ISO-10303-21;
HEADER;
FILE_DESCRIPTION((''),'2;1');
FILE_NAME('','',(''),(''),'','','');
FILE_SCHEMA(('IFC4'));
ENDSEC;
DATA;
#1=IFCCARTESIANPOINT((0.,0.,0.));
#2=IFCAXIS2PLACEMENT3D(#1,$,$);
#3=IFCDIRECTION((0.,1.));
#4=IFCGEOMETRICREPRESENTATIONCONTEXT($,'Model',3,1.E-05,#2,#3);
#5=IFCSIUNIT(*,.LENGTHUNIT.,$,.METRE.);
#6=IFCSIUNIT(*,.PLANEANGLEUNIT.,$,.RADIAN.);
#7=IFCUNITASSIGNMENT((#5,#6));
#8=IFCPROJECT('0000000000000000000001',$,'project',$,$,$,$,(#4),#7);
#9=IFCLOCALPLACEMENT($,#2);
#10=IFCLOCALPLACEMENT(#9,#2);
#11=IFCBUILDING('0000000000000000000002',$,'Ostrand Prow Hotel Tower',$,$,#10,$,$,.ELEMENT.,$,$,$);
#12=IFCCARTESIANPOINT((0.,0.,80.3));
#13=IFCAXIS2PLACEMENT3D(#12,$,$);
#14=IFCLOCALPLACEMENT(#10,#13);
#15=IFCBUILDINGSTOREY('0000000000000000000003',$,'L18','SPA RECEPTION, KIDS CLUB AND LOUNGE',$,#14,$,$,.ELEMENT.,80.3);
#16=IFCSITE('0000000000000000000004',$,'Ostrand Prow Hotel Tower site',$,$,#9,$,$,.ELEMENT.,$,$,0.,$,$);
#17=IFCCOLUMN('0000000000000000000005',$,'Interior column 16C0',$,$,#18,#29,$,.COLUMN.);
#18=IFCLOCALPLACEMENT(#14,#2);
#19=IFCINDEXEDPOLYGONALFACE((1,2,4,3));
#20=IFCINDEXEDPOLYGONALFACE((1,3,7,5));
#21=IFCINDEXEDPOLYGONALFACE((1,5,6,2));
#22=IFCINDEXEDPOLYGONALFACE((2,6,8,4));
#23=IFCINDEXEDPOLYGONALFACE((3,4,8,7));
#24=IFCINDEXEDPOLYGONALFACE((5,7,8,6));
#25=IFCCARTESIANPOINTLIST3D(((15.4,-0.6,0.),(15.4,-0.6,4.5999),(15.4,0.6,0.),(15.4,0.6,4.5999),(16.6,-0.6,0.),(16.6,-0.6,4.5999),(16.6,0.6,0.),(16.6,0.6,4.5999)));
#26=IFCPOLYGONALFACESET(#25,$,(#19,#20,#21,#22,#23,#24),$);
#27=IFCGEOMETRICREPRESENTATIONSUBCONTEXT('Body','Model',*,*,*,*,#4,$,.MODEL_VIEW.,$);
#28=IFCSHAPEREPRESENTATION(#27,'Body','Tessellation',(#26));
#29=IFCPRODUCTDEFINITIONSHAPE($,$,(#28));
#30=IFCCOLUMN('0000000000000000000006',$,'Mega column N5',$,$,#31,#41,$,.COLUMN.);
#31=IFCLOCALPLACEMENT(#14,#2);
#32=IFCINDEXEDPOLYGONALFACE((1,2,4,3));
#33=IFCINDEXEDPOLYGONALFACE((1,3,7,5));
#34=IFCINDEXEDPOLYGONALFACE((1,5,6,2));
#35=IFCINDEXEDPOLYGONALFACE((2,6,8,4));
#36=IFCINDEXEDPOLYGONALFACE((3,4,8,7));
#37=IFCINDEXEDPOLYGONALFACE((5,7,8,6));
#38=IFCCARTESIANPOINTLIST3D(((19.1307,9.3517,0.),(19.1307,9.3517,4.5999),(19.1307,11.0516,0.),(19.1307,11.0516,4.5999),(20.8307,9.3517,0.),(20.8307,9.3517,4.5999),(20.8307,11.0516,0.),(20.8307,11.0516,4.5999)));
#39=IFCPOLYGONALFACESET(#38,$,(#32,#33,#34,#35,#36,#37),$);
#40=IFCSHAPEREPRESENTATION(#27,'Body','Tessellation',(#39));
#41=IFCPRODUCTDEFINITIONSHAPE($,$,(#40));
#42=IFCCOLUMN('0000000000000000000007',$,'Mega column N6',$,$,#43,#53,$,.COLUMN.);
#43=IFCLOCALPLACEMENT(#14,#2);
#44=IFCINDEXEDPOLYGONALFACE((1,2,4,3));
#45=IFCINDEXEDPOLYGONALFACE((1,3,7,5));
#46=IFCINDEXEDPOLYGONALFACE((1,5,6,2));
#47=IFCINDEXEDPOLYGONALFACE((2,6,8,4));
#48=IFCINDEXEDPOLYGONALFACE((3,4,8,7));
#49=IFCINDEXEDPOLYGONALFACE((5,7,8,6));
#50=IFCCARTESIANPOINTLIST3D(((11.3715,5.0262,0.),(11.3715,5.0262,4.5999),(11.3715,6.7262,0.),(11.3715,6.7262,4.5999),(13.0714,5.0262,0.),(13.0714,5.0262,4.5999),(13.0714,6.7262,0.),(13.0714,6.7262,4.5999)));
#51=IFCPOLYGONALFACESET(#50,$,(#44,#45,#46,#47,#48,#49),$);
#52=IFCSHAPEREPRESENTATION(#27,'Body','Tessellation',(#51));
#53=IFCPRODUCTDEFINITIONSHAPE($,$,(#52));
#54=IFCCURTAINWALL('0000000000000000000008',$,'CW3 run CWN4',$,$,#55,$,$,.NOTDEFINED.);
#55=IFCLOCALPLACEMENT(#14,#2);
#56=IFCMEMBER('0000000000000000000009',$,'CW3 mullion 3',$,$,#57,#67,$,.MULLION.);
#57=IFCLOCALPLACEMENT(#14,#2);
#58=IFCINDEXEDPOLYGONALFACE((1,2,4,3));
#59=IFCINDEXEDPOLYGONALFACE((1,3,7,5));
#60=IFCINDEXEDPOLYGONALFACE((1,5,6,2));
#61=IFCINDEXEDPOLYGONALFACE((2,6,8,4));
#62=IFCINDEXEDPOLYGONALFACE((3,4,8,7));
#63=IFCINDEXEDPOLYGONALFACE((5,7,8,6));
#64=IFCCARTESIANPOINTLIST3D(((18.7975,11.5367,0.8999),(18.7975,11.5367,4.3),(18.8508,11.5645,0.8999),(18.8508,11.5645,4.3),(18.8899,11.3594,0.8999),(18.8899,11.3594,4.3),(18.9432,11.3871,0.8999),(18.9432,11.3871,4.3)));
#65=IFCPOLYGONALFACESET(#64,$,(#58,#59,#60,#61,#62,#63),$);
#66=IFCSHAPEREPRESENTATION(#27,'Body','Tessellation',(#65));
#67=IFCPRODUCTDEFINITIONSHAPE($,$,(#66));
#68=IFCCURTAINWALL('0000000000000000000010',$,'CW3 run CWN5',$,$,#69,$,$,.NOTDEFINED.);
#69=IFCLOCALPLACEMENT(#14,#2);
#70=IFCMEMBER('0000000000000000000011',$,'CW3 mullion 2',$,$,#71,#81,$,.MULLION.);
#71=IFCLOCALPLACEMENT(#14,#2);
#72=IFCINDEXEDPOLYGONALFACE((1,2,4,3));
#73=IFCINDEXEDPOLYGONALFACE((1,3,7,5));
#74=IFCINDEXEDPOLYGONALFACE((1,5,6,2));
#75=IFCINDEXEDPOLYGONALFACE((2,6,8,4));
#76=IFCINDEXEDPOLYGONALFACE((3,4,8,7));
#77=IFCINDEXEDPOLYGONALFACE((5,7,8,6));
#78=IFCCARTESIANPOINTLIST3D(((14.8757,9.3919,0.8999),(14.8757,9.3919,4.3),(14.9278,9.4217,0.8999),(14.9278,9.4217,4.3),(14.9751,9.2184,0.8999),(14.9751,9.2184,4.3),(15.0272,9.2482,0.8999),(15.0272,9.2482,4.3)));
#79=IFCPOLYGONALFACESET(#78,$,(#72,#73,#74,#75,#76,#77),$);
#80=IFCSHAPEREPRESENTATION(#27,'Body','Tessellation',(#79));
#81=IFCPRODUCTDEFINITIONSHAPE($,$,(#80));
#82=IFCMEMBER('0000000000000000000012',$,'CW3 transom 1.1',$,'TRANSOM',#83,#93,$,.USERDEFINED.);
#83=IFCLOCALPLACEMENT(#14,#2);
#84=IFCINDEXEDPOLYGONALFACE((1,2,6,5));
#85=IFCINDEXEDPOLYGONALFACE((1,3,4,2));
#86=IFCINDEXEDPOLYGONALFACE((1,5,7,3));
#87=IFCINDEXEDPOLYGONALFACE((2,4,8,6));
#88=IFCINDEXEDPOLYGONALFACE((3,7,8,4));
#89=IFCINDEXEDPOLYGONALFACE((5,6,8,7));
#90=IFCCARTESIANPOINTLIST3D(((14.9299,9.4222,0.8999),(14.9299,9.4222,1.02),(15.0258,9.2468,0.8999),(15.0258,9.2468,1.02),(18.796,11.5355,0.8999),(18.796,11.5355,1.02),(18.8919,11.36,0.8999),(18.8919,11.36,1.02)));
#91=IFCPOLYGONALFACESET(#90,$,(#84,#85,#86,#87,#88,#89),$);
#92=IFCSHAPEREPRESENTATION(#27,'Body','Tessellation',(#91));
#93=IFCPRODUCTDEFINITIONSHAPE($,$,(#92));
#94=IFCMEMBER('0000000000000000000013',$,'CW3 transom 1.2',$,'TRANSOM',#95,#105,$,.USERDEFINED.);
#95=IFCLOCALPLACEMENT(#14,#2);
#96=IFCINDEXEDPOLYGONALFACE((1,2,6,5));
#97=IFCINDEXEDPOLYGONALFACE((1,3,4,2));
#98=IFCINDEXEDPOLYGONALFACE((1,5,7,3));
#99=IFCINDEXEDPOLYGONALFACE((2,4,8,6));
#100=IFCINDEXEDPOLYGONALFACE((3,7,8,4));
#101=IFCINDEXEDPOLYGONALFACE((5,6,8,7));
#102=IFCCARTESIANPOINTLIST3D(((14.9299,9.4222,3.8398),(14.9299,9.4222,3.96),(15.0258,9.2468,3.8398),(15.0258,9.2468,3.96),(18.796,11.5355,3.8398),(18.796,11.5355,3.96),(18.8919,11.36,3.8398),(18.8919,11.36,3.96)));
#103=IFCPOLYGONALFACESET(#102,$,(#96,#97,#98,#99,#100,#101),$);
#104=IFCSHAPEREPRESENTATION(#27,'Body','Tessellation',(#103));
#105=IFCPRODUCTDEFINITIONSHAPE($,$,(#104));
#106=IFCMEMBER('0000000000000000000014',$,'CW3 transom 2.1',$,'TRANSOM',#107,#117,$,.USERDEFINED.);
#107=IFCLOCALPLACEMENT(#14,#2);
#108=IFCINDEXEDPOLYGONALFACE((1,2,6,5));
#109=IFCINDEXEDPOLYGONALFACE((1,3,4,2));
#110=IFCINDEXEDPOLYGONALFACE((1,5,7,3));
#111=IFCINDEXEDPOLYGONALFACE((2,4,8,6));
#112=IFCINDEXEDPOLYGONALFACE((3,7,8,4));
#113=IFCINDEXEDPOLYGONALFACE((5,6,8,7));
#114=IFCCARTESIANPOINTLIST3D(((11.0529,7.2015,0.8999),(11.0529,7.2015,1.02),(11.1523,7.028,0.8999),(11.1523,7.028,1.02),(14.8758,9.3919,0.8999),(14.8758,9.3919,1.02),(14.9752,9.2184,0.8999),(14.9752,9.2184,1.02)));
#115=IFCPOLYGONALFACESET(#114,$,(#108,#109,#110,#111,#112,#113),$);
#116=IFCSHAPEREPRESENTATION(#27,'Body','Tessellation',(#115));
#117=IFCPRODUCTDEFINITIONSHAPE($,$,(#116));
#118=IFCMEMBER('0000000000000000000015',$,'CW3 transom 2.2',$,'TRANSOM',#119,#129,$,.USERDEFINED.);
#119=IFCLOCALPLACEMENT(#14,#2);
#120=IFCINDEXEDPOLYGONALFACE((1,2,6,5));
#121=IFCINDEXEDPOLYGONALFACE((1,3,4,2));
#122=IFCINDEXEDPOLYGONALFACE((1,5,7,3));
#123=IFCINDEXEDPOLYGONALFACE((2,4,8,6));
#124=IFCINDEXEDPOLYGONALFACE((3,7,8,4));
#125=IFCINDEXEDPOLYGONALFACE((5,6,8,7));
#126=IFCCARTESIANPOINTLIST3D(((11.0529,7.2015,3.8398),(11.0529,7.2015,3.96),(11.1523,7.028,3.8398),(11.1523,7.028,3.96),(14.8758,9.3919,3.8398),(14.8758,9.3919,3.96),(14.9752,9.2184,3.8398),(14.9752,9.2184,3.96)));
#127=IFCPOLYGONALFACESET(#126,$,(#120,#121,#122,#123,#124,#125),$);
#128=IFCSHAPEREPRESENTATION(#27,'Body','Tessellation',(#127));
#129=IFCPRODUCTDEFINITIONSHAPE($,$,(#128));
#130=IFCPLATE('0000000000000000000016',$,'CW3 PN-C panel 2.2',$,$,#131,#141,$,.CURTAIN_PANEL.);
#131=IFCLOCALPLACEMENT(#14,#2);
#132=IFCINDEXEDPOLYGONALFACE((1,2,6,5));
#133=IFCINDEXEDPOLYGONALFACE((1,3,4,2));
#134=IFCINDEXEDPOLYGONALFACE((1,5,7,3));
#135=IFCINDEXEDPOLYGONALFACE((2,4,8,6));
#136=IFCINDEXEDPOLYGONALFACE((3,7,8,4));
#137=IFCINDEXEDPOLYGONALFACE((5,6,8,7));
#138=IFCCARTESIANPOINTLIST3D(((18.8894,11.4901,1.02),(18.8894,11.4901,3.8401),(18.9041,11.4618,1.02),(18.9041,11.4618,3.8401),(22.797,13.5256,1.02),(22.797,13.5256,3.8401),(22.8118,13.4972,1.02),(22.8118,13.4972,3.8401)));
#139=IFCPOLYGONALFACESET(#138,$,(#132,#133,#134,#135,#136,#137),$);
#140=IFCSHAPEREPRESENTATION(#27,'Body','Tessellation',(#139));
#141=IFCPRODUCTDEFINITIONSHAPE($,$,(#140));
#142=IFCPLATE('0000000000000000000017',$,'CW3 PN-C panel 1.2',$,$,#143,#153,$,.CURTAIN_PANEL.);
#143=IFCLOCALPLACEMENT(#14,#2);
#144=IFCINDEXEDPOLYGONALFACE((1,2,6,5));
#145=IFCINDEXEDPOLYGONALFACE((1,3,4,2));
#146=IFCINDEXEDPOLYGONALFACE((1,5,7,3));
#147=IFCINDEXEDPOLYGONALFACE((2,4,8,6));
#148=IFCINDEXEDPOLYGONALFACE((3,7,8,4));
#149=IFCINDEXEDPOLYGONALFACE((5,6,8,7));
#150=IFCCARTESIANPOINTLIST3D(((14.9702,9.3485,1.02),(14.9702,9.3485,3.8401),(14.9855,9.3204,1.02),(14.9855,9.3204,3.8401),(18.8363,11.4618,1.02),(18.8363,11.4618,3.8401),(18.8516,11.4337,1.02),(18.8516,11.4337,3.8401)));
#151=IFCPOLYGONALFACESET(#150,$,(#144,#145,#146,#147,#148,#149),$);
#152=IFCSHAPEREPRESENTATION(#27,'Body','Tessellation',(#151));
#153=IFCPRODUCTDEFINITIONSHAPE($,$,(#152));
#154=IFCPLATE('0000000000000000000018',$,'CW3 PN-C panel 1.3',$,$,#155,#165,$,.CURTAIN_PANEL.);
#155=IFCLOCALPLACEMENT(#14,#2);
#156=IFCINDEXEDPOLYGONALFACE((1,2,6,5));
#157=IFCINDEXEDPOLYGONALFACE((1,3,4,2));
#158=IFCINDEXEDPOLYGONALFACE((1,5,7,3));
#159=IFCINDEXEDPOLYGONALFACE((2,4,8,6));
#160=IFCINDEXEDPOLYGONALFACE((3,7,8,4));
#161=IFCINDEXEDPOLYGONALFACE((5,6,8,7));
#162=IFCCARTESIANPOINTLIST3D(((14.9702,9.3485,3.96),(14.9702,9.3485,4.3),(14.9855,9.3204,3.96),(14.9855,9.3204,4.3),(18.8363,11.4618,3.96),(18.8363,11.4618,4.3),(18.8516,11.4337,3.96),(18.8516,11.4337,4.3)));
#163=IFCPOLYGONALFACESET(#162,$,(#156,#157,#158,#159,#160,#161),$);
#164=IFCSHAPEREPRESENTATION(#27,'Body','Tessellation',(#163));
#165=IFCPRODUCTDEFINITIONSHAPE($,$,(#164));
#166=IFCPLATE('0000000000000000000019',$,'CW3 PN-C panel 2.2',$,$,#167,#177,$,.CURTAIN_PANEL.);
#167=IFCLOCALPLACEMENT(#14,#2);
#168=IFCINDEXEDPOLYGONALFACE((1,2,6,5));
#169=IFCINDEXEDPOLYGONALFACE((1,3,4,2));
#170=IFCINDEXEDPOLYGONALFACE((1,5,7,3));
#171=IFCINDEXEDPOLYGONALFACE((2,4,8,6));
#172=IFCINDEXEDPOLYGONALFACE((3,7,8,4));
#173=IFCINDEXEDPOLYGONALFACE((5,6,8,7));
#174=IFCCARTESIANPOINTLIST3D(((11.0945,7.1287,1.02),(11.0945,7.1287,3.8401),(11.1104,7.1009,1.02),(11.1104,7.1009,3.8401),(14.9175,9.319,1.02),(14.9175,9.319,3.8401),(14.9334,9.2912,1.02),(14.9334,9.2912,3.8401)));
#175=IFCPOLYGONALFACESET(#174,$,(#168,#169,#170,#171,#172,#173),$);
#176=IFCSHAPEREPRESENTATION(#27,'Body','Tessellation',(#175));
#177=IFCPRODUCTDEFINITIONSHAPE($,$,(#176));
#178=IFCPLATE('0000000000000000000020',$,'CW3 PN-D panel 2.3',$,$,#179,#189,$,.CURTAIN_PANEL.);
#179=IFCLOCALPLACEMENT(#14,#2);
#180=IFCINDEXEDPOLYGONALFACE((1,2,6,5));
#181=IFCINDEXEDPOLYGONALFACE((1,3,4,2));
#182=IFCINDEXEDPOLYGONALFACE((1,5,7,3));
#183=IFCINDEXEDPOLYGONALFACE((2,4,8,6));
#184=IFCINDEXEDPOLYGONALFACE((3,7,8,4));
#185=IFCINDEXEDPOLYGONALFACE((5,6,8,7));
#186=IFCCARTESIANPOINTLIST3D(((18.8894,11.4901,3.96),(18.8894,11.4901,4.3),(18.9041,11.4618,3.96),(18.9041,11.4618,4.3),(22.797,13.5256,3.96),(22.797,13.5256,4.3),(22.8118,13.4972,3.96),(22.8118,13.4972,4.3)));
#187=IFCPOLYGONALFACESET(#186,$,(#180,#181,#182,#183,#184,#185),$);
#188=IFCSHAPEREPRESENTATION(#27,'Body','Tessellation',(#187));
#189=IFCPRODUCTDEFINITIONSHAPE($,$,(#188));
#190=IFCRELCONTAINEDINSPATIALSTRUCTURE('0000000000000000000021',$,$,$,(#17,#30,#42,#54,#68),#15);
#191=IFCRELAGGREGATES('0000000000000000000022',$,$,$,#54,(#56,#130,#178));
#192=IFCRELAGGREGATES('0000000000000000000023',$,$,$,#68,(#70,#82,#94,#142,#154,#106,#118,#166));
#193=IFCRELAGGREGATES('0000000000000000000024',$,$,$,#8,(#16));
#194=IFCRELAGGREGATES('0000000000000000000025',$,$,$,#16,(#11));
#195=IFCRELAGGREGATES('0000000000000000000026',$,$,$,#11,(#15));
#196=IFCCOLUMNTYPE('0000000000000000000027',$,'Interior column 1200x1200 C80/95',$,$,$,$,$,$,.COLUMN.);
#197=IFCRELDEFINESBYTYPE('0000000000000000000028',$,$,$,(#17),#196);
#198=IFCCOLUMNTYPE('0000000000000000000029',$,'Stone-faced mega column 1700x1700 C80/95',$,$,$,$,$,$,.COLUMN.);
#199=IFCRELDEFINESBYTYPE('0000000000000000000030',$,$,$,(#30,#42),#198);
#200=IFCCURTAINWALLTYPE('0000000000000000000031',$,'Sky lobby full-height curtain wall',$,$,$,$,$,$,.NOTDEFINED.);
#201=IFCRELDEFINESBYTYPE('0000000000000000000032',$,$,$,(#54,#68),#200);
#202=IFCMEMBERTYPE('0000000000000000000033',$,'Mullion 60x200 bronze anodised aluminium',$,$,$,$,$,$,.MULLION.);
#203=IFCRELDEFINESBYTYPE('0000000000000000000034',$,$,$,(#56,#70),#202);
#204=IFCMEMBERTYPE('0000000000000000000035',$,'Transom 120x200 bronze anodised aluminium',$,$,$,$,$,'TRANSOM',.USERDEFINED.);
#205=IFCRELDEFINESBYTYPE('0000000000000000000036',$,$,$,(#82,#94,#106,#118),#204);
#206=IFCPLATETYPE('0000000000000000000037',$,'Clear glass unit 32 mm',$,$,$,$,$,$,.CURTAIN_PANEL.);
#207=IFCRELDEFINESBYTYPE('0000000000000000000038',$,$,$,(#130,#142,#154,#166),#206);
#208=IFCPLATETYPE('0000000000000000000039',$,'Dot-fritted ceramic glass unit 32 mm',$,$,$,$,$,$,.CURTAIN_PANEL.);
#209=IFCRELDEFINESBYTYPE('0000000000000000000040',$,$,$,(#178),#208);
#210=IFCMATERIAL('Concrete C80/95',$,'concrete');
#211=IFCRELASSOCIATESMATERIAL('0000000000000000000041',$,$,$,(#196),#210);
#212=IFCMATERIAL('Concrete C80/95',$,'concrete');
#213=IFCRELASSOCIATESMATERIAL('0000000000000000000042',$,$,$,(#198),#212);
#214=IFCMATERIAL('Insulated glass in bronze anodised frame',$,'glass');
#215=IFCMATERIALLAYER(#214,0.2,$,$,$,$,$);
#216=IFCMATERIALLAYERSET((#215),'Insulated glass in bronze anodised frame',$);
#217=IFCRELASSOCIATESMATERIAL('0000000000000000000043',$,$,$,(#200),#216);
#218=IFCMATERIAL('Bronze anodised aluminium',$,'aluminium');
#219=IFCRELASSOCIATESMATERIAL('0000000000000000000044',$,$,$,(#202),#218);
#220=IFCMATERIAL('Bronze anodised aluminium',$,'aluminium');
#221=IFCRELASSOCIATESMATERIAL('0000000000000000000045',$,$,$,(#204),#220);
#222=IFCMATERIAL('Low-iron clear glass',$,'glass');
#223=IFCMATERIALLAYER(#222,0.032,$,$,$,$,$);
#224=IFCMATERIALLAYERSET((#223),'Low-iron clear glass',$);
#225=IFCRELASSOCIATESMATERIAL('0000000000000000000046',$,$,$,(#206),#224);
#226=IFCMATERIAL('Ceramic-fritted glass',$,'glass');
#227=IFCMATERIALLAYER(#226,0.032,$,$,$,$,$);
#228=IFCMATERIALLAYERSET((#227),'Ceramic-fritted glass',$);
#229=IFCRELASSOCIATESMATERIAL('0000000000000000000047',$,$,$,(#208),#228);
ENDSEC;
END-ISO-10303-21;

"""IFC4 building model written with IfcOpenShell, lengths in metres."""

from ifc_helpers import new_model, si_unit, direction, frame, origin, origin_2d, place, context, subcontext, project, spatial, rectangle, extrude, material, layer, layer_set, material_profile, profile_set, type_object, element, aggregate, save


model = new_model("IFC4")

# Units and contexts
model_context = context("Model", 3, precision=1e-05, world=origin(), true_north=direction((0.0, 1.0)))
body_context = subcontext(model_context, "Body", "Model", "MODEL_VIEW")
ifc_project = project(units=[si_unit("LENGTHUNIT", "METRE"), si_unit("PLANEANGLEUNIT", "RADIAN")], contexts=[model_context])

# Site, building, storey
site_placement = place(None, origin())
site = spatial("IfcSite", under=ifc_project, at=site_placement, Name="Ostrand Prow Hotel Tower site", CompositionType="ELEMENT", RefElevation=0.0)
building_placement = place(site_placement, origin())
building = spatial("IfcBuilding", under=site, at=building_placement, Name="Ostrand Prow Hotel Tower", CompositionType="ELEMENT")
storey_placement = place(building_placement, frame((0.0, 0.0, 80.3)))
storey = spatial("IfcBuildingStorey", under=building, at=storey_placement, Name="L18", Description="SPA RECEPTION, KIDS CLUB AND LOUNGE", CompositionType="ELEMENT", Elevation=80.3)

# Columns
ifc_material_1 = material(Name="Concrete C80/95", Category="concrete")
ifc_material_profile_1 = material_profile(ifc_material_1, rectangle(XDim=1.2, YDim=1.2, at=origin_2d()), Name="RC 1200x1200")
ifc_profile_set_1 = profile_set([ifc_material_profile_1], Name="Concrete C80/95")
column_type_1 = type_object("IfcColumnType", Name="Interior column 1200x1200 C80/95", PredefinedType="COLUMN", material=ifc_profile_set_1)
column_placement = place(storey_placement, frame((16.0, 0.0, 0.0), z_axis=(0.0, 0.0, 1.0), x_axis=(1.0, 0.0, 0.0)))
element("IfcColumn", 1, at=column_placement, inside=storey, type_object=column_type_1, Name="Interior column 16C0", PredefinedType="COLUMN", context=body_context, shape_type="SweptSolid", body=[
    extrude(rectangle(XDim=1.2, YDim=1.2, at=origin_2d()), origin(), (0.0, 0.0, 1.0), 4.5999),
])
ifc_material_2 = material(Name="Concrete C80/95", Category="concrete")
ifc_material_profile_2 = material_profile(ifc_material_2, rectangle(XDim=1.7, YDim=1.7, at=origin_2d()), Name="RC 1700x1700")
ifc_profile_set_2 = profile_set([ifc_material_profile_2], Name="Concrete C80/95")
column_type_2 = type_object("IfcColumnType", Name="Stone-faced mega column 1700x1700 C80/95", PredefinedType="COLUMN", material=ifc_profile_set_2)
for number, where, z_axis, x_axis, name in (
    (2, (19.9807, 10.2017, 0.0), (0.0, 0.0, 1.0), (1.0, 0.0, 0.0), "Mega column N5"),
    (3, (12.2214, 5.8762, 0.0), (0.0, 0.0, 1.0), (1.0, 0.0, 0.0), "Mega column N6"),
):
    element("IfcColumn", number, at=place(storey_placement, frame(where, z_axis=z_axis, x_axis=x_axis)), inside=storey, type_object=column_type_2, Name=name, PredefinedType="COLUMN", context=body_context, shape_type="SweptSolid", body=[
        extrude(rectangle(XDim=1.7, YDim=1.7, at=origin_2d()), origin(), (0.0, 0.0, 1.0), 4.5999),
    ])

# Curtain wall, member
ifc_material_3 = material(Name="Insulated glass in bronze anodised frame", Category="glass")
ifc_layer_1 = layer(ifc_material_3, 0.2)
ifc_layer_set_1 = layer_set([ifc_layer_1], Name="Insulated glass in bronze anodised frame")
curtain_wall_type = type_object("IfcCurtainWallType", Name="Sky lobby full-height curtain wall", PredefinedType="NOTDEFINED", material=ifc_layer_set_1)
curtain_wall_1_placement = place(storey_placement, origin())
curtain_wall_1 = element("IfcCurtainWall", 4, at=curtain_wall_1_placement, inside=storey, type_object=curtain_wall_type, Name="CW3 run CWN4", PredefinedType="NOTDEFINED")
ifc_material_4 = material(Name="Bronze anodised aluminium", Category="aluminium")
ifc_material_profile_3 = material_profile(ifc_material_4, rectangle(XDim=0.2, YDim=0.0601, at=origin_2d()), Name="Mullion 60x200 bronze anodised aluminium")
ifc_profile_set_3 = profile_set([ifc_material_profile_3], Name="Bronze anodised aluminium")
member_type_1 = type_object("IfcMemberType", Name="Mullion 60x200 bronze anodised aluminium", PredefinedType="MULLION", material=ifc_profile_set_3)
member_1_placement = place(storey_placement, frame((18.8704, 11.4619, 0.8999), z_axis=(0.0, 0.0, 1.0), x_axis=(0.461968, -0.886896, 0.0)))
member_1 = element("IfcMember", 5, at=member_1_placement, type_object=member_type_1, Name="CW3 mullion 3", PredefinedType="MULLION", context=body_context, shape_type="SweptSolid", body=[
    extrude(rectangle(XDim=0.2, YDim=0.0601, at=origin_2d()), origin(), (0.0, 0.0, 1.0), 3.4001),
])

# Curtain wall, members
curtain_wall_2_placement = place(storey_placement, origin())
curtain_wall_2 = element("IfcCurtainWall", 6, at=curtain_wall_2_placement, inside=storey, type_object=curtain_wall_type, Name="CW3 run CWN5", PredefinedType="NOTDEFINED")
member_2_placement = place(storey_placement, frame((14.9514, 9.3201, 0.8999), z_axis=(0.0, 0.0, 1.0), x_axis=(0.497115, -0.867685, 0.0)))
member_2 = element("IfcMember", 7, at=member_2_placement, type_object=member_type_1, Name="CW3 mullion 2", PredefinedType="MULLION", context=body_context, shape_type="SweptSolid", body=[
    extrude(rectangle(XDim=0.2, YDim=0.0601, at=origin_2d()), origin(), (0.0, 0.0, 1.0), 3.4001),
])
ifc_material_5 = material(Name="Bronze anodised aluminium", Category="aluminium")
ifc_material_profile_4 = material_profile(ifc_material_5, rectangle(XDim=0.2, YDim=0.1201, at=origin_2d()), Name="Transom 120x200 bronze anodised aluminium")
ifc_profile_set_4 = profile_set([ifc_material_profile_4], Name="Bronze anodised aluminium")
member_type_2 = type_object("IfcMemberType", Name="Transom 120x200 bronze anodised aluminium", ElementType="TRANSOM", PredefinedType="USERDEFINED", material=ifc_profile_set_4)
member_3_placement = place(storey_placement, frame((18.844, 11.4478, 0.96), z_axis=(-0.877472, -0.479628, 0.0), x_axis=(0.479628, -0.877472, 0.0)))
member_3 = element("IfcMember", 8, at=member_3_placement, type_object=member_type_2, Name="CW3 transom 1.1", ObjectType="TRANSOM", PredefinedType="USERDEFINED", context=body_context, shape_type="SweptSolid", body=[
    extrude(rectangle(XDim=0.2, YDim=0.1201, at=origin_2d()), origin(), (0.0, 0.0, 1.0), 4.406),
])
member_4_placement = place(storey_placement, frame((18.844, 11.4478, 3.8999), z_axis=(-0.877472, -0.479628, 0.0), x_axis=(0.479628, -0.877472, 0.0)))
member_4 = element("IfcMember", 9, at=member_4_placement, type_object=member_type_2, Name="CW3 transom 1.2", ObjectType="TRANSOM", PredefinedType="USERDEFINED", context=body_context, shape_type="SweptSolid", body=[
    extrude(rectangle(XDim=0.2, YDim=0.1201, at=origin_2d()), origin(), (0.0, 0.0, 1.0), 4.406),
])
member_5_placement = place(storey_placement, frame((14.9255, 9.3052, 0.96), z_axis=(-0.86767, -0.497141, 0.0), x_axis=(0.497141, -0.86767, 0.0)))
member_5 = element("IfcMember", 10, at=member_5_placement, type_object=member_type_2, Name="CW3 transom 2.1", ObjectType="TRANSOM", PredefinedType="USERDEFINED", context=body_context, shape_type="SweptSolid", body=[
    extrude(rectangle(XDim=0.2, YDim=0.1201, at=origin_2d()), origin(), (0.0, 0.0, 1.0), 4.406),
])
member_6_placement = place(storey_placement, frame((14.9255, 9.3052, 3.8999), z_axis=(-0.86767, -0.497141, 0.0), x_axis=(0.497141, -0.86767, 0.0)))
member_6 = element("IfcMember", 11, at=member_6_placement, type_object=member_type_2, Name="CW3 transom 2.2", ObjectType="TRANSOM", PredefinedType="USERDEFINED", context=body_context, shape_type="SweptSolid", body=[
    extrude(rectangle(XDim=0.2, YDim=0.1201, at=origin_2d()), origin(), (0.0, 0.0, 1.0), 4.406),
])

# Plates
ifc_material_6 = material(Name="Low-iron clear glass", Category="glass")
ifc_layer_2 = layer(ifc_material_6, 0.032)
ifc_layer_set_2 = layer_set([ifc_layer_2], Name="Low-iron clear glass")
plate_type_1 = type_object("IfcPlateType", Name="Clear glass unit 32 mm", PredefinedType="CURTAIN_PANEL", material=ifc_layer_set_2)
plate_1_placement = place(storey_placement, frame((20.8506, 12.4937, 1.02), z_axis=(0.0, 0.0, 1.0), x_axis=(-0.886896, -0.461968, 0.0)))
plate_1 = element("IfcPlate", 12, at=plate_1_placement, type_object=plate_type_1, Name="CW3 PN-C panel 2.2", PredefinedType="CURTAIN_PANEL", context=body_context, shape_type="SweptSolid", body=[
    extrude(rectangle(XDim=4.406, YDim=0.032, at=origin_2d()), origin(), (0.0, 0.0, 1.0), 2.8201),
])
plate_2_placement = place(storey_placement, frame((16.9109, 10.3911, 1.02), z_axis=(0.0, 0.0, 1.0), x_axis=(-0.877467, -0.479637, 0.0)))
plate_2 = element("IfcPlate", 13, at=plate_2_placement, type_object=plate_type_1, Name="CW3 PN-C panel 1.2", PredefinedType="CURTAIN_PANEL", context=body_context, shape_type="SweptSolid", body=[
    extrude(rectangle(XDim=4.406, YDim=0.032, at=origin_2d()), origin(), (0.0, 0.0, 1.0), 2.8201),
])
plate_3_placement = place(storey_placement, frame((16.9109, 10.3911, 3.96), z_axis=(0.0, 0.0, 1.0), x_axis=(-0.877467, -0.479637, 0.0)))
plate_3 = element("IfcPlate", 14, at=plate_3_placement, type_object=plate_type_1, Name="CW3 PN-C panel 1.3", PredefinedType="CURTAIN_PANEL", context=body_context, shape_type="SweptSolid", body=[
    extrude(rectangle(XDim=4.406, YDim=0.032, at=origin_2d()), origin(), (0.0, 0.0, 1.0), 0.3401),
])
plate_4_placement = place(storey_placement, frame((13.0139, 8.21, 1.02), z_axis=(0.0, 0.0, 1.0), x_axis=(-0.867685, -0.497115, 0.0)))
plate_4 = element("IfcPlate", 15, at=plate_4_placement, type_object=plate_type_1, Name="CW3 PN-C panel 2.2", PredefinedType="CURTAIN_PANEL", context=body_context, shape_type="SweptSolid", body=[
    extrude(rectangle(XDim=4.406, YDim=0.032, at=origin_2d()), origin(), (0.0, 0.0, 1.0), 2.8201),
])
ifc_material_7 = material(Name="Ceramic-fritted glass", Category="glass")
ifc_layer_3 = layer(ifc_material_7, 0.032)
ifc_layer_set_3 = layer_set([ifc_layer_3], Name="Ceramic-fritted glass")
plate_type_2 = type_object("IfcPlateType", Name="Dot-fritted ceramic glass unit 32 mm", PredefinedType="CURTAIN_PANEL", material=ifc_layer_set_3)
plate_5_placement = place(storey_placement, frame((20.8506, 12.4937, 3.96), z_axis=(0.0, 0.0, 1.0), x_axis=(-0.886896, -0.461968, 0.0)))
plate_5 = element("IfcPlate", 16, at=plate_5_placement, type_object=plate_type_2, Name="CW3 PN-D panel 2.3", PredefinedType="CURTAIN_PANEL", context=body_context, shape_type="SweptSolid", body=[
    extrude(rectangle(XDim=4.406, YDim=0.032, at=origin_2d()), origin(), (0.0, 0.0, 1.0), 0.3401),
])
aggregate(curtain_wall_1, [member_1, plate_1, plate_5])
aggregate(curtain_wall_2, [member_2, member_3, member_4, plate_2, plate_3, member_5, member_6, plate_4])

save(model, "model.ifc")
